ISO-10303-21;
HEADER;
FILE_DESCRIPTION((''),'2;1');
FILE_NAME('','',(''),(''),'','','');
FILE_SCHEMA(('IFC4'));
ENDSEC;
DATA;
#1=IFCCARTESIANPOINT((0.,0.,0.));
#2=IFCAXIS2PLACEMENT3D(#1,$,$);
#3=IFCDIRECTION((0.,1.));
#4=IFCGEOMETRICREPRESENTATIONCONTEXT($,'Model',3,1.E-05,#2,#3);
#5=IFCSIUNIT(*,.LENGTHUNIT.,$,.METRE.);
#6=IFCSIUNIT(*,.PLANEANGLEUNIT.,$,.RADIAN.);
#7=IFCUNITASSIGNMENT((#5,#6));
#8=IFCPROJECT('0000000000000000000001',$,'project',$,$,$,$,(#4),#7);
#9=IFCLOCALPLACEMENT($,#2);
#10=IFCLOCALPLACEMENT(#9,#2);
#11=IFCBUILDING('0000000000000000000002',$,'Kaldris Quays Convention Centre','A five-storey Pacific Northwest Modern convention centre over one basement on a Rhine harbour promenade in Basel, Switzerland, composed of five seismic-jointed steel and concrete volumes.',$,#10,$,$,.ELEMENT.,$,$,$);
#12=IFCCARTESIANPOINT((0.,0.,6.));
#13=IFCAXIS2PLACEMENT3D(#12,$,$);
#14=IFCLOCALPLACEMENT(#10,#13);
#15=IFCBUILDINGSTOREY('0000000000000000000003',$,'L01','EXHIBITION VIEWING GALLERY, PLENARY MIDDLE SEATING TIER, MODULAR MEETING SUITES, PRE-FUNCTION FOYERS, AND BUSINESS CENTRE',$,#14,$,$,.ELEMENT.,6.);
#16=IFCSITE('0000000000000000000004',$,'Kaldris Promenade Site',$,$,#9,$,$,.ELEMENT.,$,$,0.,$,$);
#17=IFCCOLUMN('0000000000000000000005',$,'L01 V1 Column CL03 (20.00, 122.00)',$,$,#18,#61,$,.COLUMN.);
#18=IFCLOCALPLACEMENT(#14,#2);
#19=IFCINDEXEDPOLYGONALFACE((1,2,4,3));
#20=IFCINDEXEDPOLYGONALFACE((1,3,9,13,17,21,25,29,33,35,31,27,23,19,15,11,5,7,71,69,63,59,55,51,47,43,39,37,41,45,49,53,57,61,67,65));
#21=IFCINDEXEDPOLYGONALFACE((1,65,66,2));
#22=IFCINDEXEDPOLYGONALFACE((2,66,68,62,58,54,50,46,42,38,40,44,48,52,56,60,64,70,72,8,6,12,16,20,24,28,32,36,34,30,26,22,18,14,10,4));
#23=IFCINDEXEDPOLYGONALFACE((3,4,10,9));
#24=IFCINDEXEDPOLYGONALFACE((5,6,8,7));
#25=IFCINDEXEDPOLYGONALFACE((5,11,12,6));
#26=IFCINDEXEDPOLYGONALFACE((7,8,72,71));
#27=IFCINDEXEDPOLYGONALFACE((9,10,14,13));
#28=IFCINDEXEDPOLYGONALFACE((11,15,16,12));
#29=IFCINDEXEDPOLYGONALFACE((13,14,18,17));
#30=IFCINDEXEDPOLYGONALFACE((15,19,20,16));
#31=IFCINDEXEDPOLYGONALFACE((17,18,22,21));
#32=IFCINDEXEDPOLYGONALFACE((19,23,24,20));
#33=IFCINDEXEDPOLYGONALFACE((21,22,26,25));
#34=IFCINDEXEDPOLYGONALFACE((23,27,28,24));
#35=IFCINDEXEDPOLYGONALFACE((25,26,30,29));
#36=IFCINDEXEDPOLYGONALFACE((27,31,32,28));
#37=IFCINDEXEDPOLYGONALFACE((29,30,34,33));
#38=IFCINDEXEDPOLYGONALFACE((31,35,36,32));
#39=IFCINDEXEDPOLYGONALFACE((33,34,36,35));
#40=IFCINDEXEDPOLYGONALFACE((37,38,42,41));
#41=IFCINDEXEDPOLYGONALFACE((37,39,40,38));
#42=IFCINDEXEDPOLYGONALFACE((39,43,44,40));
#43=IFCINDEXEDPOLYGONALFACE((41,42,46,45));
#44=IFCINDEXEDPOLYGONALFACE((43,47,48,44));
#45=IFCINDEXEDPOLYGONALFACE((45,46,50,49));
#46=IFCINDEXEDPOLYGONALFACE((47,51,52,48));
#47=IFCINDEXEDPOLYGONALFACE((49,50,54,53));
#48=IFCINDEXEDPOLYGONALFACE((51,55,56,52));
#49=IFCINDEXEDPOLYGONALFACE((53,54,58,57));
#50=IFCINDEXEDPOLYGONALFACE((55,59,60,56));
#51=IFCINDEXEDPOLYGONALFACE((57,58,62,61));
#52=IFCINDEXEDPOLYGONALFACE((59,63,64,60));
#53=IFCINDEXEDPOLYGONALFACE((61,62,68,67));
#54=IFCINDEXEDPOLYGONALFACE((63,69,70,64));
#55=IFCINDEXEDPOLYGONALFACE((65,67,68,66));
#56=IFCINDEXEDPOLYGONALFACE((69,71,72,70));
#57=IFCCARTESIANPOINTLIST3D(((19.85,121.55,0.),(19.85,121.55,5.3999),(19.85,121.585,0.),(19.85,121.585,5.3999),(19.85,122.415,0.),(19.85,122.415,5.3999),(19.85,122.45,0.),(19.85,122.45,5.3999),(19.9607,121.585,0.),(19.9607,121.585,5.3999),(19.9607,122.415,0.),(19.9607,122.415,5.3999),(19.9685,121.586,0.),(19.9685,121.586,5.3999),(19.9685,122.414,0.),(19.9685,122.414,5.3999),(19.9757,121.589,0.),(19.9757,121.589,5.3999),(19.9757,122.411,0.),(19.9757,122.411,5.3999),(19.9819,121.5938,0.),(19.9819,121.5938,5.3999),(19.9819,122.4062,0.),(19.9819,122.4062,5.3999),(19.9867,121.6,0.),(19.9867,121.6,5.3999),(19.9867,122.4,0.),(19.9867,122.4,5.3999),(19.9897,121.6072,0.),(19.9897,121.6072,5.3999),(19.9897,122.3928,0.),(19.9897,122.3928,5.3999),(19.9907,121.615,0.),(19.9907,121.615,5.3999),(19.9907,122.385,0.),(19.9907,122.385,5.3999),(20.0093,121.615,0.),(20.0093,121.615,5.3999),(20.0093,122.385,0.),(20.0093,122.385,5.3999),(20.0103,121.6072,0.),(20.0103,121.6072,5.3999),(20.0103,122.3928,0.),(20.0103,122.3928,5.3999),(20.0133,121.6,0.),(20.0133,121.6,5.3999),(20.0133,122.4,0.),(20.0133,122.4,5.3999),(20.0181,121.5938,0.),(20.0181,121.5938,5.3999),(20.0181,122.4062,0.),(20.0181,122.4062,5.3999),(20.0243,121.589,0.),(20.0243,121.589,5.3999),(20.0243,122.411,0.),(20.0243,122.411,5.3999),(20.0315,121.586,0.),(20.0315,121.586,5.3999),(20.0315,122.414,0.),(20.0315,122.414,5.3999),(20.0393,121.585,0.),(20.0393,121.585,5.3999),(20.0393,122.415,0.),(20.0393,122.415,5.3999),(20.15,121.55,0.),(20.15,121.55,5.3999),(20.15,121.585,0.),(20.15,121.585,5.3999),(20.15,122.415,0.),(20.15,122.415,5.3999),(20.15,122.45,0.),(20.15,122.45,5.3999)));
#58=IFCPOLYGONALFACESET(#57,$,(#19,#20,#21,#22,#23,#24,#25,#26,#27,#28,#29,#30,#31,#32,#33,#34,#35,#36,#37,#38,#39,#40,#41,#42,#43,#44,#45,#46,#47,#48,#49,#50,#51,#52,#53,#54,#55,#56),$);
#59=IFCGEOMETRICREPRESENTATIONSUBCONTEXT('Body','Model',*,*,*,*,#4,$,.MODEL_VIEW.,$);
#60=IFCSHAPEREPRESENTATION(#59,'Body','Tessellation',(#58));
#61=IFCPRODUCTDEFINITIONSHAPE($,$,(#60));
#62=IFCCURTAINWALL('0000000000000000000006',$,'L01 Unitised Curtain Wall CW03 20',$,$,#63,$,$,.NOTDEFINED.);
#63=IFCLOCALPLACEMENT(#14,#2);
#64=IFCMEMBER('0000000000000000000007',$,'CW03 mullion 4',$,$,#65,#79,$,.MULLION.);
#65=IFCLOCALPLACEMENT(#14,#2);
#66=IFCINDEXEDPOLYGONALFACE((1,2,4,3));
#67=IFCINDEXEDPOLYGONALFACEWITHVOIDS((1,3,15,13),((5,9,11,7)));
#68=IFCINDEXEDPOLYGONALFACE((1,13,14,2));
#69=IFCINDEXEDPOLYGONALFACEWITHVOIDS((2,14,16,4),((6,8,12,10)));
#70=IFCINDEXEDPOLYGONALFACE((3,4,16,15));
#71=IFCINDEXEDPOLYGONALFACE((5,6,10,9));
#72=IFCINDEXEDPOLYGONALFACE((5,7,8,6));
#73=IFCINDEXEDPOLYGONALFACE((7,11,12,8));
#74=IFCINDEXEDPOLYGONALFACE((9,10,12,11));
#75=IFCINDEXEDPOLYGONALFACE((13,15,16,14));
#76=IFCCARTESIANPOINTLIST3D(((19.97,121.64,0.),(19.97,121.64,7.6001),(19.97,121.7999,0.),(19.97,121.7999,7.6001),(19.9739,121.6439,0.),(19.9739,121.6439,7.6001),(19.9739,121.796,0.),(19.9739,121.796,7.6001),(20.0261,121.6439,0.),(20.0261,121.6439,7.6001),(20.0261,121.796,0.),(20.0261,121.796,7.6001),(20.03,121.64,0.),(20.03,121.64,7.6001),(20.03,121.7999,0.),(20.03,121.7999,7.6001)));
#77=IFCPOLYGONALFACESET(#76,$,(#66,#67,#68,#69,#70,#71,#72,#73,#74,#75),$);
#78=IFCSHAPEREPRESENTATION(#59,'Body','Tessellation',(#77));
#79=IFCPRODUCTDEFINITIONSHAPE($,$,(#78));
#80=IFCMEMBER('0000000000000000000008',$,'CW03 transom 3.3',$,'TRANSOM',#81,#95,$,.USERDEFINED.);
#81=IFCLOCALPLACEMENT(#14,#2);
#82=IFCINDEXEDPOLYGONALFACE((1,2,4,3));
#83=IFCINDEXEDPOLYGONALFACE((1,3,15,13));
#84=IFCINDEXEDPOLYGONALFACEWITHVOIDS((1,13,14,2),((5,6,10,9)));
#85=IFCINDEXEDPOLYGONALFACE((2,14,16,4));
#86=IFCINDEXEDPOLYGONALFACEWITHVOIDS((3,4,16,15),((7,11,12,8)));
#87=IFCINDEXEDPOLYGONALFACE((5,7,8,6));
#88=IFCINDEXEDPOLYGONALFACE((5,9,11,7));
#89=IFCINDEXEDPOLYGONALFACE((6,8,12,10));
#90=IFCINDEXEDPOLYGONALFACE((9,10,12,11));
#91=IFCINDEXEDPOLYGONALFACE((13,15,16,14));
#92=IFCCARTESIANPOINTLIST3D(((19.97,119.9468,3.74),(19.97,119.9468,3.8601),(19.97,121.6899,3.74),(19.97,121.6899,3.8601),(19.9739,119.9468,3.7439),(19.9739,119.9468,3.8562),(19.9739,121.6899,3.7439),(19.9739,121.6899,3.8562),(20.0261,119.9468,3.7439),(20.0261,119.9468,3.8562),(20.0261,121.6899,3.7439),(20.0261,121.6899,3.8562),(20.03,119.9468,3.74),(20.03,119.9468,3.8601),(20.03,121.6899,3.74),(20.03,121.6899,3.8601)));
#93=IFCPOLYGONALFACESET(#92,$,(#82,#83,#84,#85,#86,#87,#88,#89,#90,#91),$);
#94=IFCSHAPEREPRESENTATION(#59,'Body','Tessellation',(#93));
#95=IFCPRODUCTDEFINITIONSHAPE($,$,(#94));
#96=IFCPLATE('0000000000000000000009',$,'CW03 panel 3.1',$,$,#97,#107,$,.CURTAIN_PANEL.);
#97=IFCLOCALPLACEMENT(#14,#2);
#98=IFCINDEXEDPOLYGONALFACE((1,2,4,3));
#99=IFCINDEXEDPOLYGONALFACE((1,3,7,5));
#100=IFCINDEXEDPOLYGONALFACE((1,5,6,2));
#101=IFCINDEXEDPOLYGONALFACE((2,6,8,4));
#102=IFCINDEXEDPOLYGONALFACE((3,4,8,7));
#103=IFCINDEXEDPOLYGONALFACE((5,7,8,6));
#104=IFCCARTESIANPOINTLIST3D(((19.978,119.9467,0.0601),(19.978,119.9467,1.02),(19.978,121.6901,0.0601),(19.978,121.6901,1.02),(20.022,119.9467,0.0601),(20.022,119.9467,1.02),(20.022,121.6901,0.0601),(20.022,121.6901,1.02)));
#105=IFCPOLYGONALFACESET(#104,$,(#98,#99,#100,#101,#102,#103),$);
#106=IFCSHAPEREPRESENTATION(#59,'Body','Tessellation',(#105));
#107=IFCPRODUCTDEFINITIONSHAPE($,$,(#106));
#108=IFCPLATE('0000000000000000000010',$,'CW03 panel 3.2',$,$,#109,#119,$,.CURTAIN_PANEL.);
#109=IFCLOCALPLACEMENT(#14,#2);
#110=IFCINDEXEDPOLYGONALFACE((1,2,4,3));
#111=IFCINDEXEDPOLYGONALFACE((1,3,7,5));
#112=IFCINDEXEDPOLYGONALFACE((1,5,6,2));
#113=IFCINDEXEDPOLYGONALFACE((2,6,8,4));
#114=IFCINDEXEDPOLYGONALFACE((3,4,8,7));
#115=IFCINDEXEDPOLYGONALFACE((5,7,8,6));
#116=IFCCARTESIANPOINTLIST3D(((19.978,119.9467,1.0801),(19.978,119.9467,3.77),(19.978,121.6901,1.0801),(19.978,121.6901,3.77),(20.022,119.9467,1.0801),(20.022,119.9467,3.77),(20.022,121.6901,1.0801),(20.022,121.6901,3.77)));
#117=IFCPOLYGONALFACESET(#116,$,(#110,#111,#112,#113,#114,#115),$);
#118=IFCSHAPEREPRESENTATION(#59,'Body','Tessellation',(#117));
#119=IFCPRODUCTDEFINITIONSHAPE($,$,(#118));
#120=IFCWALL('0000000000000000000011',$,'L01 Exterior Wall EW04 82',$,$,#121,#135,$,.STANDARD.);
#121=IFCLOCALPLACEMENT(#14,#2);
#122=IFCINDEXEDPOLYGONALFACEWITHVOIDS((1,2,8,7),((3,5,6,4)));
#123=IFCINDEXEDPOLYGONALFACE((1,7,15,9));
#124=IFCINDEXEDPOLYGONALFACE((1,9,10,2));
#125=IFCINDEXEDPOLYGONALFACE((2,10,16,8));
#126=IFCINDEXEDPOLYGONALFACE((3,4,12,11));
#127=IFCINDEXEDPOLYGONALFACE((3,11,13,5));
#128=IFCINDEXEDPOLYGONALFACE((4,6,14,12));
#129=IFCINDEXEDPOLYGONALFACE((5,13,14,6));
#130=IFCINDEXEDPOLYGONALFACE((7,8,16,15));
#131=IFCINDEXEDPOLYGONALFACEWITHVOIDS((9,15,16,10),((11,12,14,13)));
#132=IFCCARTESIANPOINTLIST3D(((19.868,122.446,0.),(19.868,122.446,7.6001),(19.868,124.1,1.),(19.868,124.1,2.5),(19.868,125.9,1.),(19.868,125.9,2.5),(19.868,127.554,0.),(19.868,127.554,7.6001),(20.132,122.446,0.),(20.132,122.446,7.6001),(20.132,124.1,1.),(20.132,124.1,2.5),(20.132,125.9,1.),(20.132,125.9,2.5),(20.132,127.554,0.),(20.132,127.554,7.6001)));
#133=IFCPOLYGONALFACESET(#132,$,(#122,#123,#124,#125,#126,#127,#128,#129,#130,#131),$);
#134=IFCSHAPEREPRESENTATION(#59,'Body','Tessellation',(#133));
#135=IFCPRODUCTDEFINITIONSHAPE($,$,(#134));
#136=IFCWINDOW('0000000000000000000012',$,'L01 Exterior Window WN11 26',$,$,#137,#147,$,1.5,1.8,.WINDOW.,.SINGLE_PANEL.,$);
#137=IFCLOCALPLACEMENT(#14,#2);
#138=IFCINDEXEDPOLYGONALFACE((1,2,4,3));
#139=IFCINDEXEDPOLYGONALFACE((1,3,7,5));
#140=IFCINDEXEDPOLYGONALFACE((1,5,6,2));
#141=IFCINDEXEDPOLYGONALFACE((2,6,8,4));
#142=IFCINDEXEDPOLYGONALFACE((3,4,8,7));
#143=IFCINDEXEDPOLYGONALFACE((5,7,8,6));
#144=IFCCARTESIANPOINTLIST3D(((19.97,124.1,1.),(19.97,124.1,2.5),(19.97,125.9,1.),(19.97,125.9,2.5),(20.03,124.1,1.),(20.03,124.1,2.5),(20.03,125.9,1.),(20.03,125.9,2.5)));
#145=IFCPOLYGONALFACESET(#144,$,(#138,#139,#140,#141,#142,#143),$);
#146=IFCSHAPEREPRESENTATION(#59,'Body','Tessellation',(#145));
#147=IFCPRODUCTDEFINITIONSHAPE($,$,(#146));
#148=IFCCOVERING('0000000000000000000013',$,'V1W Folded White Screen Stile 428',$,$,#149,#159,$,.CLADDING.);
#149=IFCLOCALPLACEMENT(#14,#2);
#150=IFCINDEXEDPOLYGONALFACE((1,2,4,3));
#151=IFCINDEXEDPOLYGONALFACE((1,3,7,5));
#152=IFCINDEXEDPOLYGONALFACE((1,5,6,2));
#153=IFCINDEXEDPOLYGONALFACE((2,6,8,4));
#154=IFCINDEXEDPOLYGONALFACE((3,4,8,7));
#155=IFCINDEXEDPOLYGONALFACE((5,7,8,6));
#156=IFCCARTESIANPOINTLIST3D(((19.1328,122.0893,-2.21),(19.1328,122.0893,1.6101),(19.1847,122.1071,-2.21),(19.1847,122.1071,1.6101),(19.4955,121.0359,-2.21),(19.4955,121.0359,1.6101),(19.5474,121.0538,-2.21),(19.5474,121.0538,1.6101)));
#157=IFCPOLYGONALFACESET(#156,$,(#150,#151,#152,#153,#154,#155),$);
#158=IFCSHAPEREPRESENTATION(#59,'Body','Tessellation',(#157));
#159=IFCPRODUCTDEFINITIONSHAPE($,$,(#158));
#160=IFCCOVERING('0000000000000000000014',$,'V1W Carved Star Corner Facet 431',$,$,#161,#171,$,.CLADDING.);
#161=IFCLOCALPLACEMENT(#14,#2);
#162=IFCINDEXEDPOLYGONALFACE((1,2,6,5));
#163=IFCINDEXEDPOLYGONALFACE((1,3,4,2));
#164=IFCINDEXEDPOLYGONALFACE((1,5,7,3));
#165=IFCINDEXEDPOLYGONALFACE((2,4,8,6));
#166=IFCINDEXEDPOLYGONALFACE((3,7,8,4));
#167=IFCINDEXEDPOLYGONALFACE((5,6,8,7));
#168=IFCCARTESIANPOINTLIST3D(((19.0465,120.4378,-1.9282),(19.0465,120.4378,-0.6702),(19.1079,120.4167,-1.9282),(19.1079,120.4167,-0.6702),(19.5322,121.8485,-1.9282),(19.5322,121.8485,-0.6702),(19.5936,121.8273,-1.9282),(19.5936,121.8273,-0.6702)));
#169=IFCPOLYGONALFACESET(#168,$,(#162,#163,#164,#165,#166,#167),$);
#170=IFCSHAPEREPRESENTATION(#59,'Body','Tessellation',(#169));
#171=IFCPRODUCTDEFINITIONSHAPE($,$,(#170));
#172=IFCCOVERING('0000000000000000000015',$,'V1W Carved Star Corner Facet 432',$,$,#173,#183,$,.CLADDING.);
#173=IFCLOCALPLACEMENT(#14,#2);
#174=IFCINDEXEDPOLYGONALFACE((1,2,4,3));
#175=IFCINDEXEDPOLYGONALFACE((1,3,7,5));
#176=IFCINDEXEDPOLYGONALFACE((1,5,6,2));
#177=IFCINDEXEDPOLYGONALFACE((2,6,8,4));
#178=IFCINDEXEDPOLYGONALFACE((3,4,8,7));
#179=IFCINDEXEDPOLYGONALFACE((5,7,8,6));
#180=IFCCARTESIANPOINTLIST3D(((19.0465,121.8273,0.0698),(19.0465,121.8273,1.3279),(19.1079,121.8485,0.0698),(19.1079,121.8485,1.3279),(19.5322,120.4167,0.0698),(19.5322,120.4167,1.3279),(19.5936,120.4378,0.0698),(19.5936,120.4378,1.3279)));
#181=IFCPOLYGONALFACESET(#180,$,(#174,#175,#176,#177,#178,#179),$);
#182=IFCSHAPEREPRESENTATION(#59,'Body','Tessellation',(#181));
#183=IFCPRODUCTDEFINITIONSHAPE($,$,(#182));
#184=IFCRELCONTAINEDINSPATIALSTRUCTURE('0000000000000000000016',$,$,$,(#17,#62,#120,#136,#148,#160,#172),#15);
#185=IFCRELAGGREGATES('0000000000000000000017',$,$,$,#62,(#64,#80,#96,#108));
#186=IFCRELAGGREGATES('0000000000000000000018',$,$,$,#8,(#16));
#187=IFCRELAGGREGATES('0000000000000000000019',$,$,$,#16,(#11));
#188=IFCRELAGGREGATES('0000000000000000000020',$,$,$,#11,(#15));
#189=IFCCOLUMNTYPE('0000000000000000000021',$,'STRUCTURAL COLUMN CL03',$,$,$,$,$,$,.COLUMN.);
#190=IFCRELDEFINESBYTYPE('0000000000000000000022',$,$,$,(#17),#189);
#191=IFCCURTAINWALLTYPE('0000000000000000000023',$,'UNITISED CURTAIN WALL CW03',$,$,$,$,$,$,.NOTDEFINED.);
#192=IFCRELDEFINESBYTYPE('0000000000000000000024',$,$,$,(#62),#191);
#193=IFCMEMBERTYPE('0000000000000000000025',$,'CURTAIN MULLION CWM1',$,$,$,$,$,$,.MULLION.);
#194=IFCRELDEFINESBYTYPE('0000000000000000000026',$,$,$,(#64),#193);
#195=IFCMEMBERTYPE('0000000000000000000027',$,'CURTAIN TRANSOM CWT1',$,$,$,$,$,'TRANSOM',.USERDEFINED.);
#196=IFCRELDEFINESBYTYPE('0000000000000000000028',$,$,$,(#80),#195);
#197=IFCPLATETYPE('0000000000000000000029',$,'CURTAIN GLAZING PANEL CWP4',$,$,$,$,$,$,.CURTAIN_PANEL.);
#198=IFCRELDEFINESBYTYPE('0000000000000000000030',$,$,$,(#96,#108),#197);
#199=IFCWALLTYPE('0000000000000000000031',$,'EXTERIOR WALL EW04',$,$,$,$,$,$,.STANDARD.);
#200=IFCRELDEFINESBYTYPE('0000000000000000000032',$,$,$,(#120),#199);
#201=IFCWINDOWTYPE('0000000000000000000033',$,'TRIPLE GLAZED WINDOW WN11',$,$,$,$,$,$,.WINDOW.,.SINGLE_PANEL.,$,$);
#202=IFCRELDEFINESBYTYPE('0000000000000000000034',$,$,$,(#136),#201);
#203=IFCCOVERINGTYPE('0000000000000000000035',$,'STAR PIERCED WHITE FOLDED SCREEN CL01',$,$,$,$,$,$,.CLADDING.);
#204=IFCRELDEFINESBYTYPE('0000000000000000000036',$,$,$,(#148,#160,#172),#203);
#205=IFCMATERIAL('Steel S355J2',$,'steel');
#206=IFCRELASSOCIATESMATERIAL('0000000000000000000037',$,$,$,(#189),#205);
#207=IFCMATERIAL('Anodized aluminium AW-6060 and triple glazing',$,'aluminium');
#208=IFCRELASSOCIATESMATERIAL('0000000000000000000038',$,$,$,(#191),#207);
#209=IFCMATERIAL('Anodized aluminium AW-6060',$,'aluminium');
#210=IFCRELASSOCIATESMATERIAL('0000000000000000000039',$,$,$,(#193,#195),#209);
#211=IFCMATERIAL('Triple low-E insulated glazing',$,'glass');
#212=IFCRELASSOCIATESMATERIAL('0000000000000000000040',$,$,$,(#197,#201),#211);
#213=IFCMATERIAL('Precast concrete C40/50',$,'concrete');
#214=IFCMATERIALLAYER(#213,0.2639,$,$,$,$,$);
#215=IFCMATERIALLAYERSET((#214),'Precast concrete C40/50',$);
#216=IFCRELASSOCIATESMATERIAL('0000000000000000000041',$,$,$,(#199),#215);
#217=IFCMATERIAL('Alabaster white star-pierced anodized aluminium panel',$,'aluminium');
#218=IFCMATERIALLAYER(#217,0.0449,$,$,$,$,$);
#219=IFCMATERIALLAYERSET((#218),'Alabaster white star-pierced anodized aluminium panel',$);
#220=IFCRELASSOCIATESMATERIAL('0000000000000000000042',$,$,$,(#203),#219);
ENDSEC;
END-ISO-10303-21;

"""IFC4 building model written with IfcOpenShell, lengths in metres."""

from ifc_helpers import new_model, si_unit, direction, frame, frame_2d, origin, origin_2d, place, context, subcontext, project, spatial, rectangle, hollow_rectangle, i_section, extrude, material, layer, layer_set, material_profile, profile_set, type_object, element, fill, aggregate, save


model = new_model("IFC4")

# Units and contexts
model_context = context("Model", 3, precision=1e-05, world=origin(), true_north=direction((0.0, 1.0)))
body_context = subcontext(model_context, "Body", "Model", "MODEL_VIEW")
ifc_project = project(units=[si_unit("LENGTHUNIT", "METRE"), si_unit("PLANEANGLEUNIT", "RADIAN")], contexts=[model_context])

# Site, building, storey
site_placement = place(None, origin())
site = spatial("IfcSite", under=ifc_project, at=site_placement, Name="Kaldris Promenade Site", CompositionType="ELEMENT", RefElevation=0.0)
building_placement = place(site_placement, origin())
building = spatial("IfcBuilding", under=site, at=building_placement, Name="Kaldris Quays Convention Centre", Description="A five-storey Pacific Northwest Modern convention centre over one basement on a Rhine harbour promenade in Basel, Switzerland, composed of five seismic-jointed steel and concrete volumes.", CompositionType="ELEMENT")
storey_placement = place(building_placement, frame((0.0, 0.0, 6.0)))
storey = spatial("IfcBuildingStorey", under=building, at=storey_placement, Name="L01", Description="EXHIBITION VIEWING GALLERY, PLENARY MIDDLE SEATING TIER, MODULAR MEETING SUITES, PRE-FUNCTION FOYERS, AND BUSINESS CENTRE", CompositionType="ELEMENT", Elevation=6.0)

# Column
ifc_material_1 = material(Name="Steel S355J2", Category="steel")
ifc_material_profile_1 = material_profile(ifc_material_1, i_section(OverallWidth=0.3, OverallDepth=0.8999, WebThickness=0.0186, FlangeThickness=0.0349, FilletRadius=0.03, at=origin_2d()), Name="HEB 900")
ifc_profile_set_1 = profile_set([ifc_material_profile_1], Name="Steel S355J2")
column_type = type_object("IfcColumnType", Name="STRUCTURAL COLUMN CL03", PredefinedType="COLUMN", material=ifc_profile_set_1)
column_placement = place(storey_placement, frame((20.0, 122.0, 0.0), z_axis=(0.0, 0.0, 1.0), x_axis=(1.0, 0.0, 0.0)))
element("IfcColumn", 1, at=column_placement, inside=storey, type_object=column_type, Name="L01 V1 Column CL03 (20.00, 122.00)", PredefinedType="COLUMN", context=body_context, shape_type="SweptSolid", body=[
    extrude(i_section(OverallWidth=0.3, OverallDepth=0.8999, WebThickness=0.0186, FlangeThickness=0.0349, FilletRadius=0.03, at=origin_2d()), origin(), (0.0, 0.0, 1.0), 5.3999),
])

# Curtain wall, members, plates
ifc_material_2 = material(Name="Anodized aluminium AW-6060 and triple glazing", Category="aluminium")
curtain_wall_type = type_object("IfcCurtainWallType", Name="UNITISED CURTAIN WALL CW03", PredefinedType="NOTDEFINED", material=ifc_material_2)
curtain_wall_placement = place(storey_placement, origin())
curtain_wall = element("IfcCurtainWall", 2, at=curtain_wall_placement, inside=storey, type_object=curtain_wall_type, Name="L01 Unitised Curtain Wall CW03 20", PredefinedType="NOTDEFINED")
ifc_material_3 = material(Name="Anodized aluminium AW-6060", Category="aluminium")
ifc_material_profile_2 = material_profile(ifc_material_3, hollow_rectangle(XDim=0.0601, YDim=0.1599, WallThickness=0.0039, at=origin_2d()), Name="RHS 160x60x4")
ifc_profile_set_2 = profile_set([ifc_material_profile_2], Name="Anodized aluminium AW-6060")
member_type_1 = type_object("IfcMemberType", Name="CURTAIN MULLION CWM1", PredefinedType="MULLION", material=ifc_profile_set_2)
member_1_placement = place(storey_placement, frame((20.0, 121.72, 0.0), z_axis=(0.0, 0.0, 1.0), x_axis=(-1.0, 0.0, 0.0)))
member_1 = element("IfcMember", 3, at=member_1_placement, type_object=member_type_1, Name="CW03 mullion 4", PredefinedType="MULLION", context=body_context, shape_type="SweptSolid", body=[
    extrude(hollow_rectangle(XDim=0.0601, YDim=0.1599, WallThickness=0.0039, at=origin_2d()), origin(), (0.0, 0.0, 1.0), 7.6001),
])
ifc_material_profile_3 = material_profile(ifc_material_3, hollow_rectangle(XDim=0.0601, YDim=0.1201, WallThickness=0.0039, at=origin_2d()), Name="RHS 120x60x4")
ifc_profile_set_3 = profile_set([ifc_material_profile_3], Name="Anodized aluminium AW-6060")
member_type_2 = type_object("IfcMemberType", Name="CURTAIN TRANSOM CWT1", ElementType="TRANSOM", PredefinedType="USERDEFINED", material=ifc_profile_set_3)
member_2_placement = place(storey_placement, frame((20.0, 119.9468, 3.8), z_axis=(0.0, 1.0, 0.0), x_axis=(-1.0, 0.0, 0.0)))
member_2 = element("IfcMember", 4, at=member_2_placement, type_object=member_type_2, Name="CW03 transom 3.3", ObjectType="TRANSOM", PredefinedType="USERDEFINED", context=body_context, shape_type="SweptSolid", body=[
    extrude(hollow_rectangle(XDim=0.0601, YDim=0.1201, WallThickness=0.0039, at=origin_2d()), origin(), (0.0, 0.0, 1.0), 1.7432),
])
ifc_material_4 = material(Name="Triple low-E insulated glazing", Category="glass")
plate_type = type_object("IfcPlateType", Name="CURTAIN GLAZING PANEL CWP4", PredefinedType="CURTAIN_PANEL", material=ifc_material_4)
plate_1_placement = place(storey_placement, frame((20.0, 120.8184, 0.0601), z_axis=(0.0, 0.0, 1.0), x_axis=(0.0, 1.0, 0.0)))
plate_1 = element("IfcPlate", 5, at=plate_1_placement, type_object=plate_type, Name="CW03 panel 3.1", PredefinedType="CURTAIN_PANEL", context=body_context, shape_type="SweptSolid", body=[
    extrude(rectangle(XDim=1.7434, YDim=0.0439, at=origin_2d()), origin(), (0.0, 0.0, 1.0), 0.96),
])
plate_2_placement = place(storey_placement, frame((20.0, 120.8184, 1.0801), z_axis=(0.0, 0.0, 1.0), x_axis=(0.0, 1.0, 0.0)))
plate_2 = element("IfcPlate", 6, at=plate_2_placement, type_object=plate_type, Name="CW03 panel 3.2", PredefinedType="CURTAIN_PANEL", context=body_context, shape_type="SweptSolid", body=[
    extrude(rectangle(XDim=1.7434, YDim=0.0439, at=origin_2d()), origin(), (0.0, 0.0, 1.0), 2.6899),
])
aggregate(curtain_wall, [member_1, member_2, plate_1, plate_2])

# Wall, opening, window
ifc_material_5 = material(Name="Precast concrete C40/50", Category="concrete")
ifc_layer_1 = layer(ifc_material_5, 0.2639)
ifc_layer_set_1 = layer_set([ifc_layer_1], Name="Precast concrete C40/50")
wall_type = type_object("IfcWallType", Name="EXTERIOR WALL EW04", PredefinedType="STANDARD", material=ifc_layer_set_1)
wall_placement = place(storey_placement, frame((20.0, 122.446, 0.0), z_axis=(0.0, 0.0, 1.0), x_axis=(0.0, 1.0, 0.0)))
wall = element("IfcWall", 7, at=wall_placement, inside=storey, type_object=wall_type, Name="L01 Exterior Wall EW04 82", PredefinedType="STANDARD", context=body_context, shape_type="SweptSolid", body=[
    extrude(rectangle(XDim=5.1079, YDim=0.2639, at=frame_2d((2.554, 0.0))), origin(), (0.0, 0.0, 1.0), 7.6001),
])
opening_placement = place(wall_placement, frame((1.6541, 0.0, 1.0)))
opening = element("IfcOpeningElement", 8, at=opening_placement, cuts=wall, PredefinedType="OPENING", context=body_context, shape_type="SweptSolid", body=[
    extrude(rectangle(XDim=1.8, YDim=1.5, at=frame_2d((0.8999, 0.75))), frame((0.0, 0.1421, 0.0), z_axis=(0.0, -1.0, 0.0), x_axis=(1.0, 0.0, 0.0)), (0.0, 0.0, 1.0), 0.2839),
])
window_type = type_object("IfcWindowType", Name="TRIPLE GLAZED WINDOW WN11", PartitioningType="SINGLE_PANEL", PredefinedType="WINDOW", material=ifc_material_4)
window_placement = place(opening_placement, origin())
window = element("IfcWindow", 9, at=window_placement, inside=storey, type_object=window_type, Name="L01 Exterior Window WN11 26", OverallHeight=1.5, OverallWidth=1.8, PartitioningType="SINGLE_PANEL", PredefinedType="WINDOW", context=body_context, shape_type="SweptSolid", body=[
    extrude(rectangle(XDim=1.8, YDim=1.5, at=frame_2d((0.8999, 0.75))), frame((0.0, 0.03, 0.0), z_axis=(0.0, -1.0, 0.0), x_axis=(1.0, 0.0, 0.0)), (0.0, 0.0, 1.0), 0.0601),
])
fill(opening, window)

# Coverings
ifc_material_6 = material(Name="Alabaster white star-pierced anodized aluminium panel", Category="aluminium")
ifc_layer_2 = layer(ifc_material_6, 0.0449)
ifc_layer_set_2 = layer_set([ifc_layer_2], Name="Alabaster white star-pierced anodized aluminium panel")
covering_type = type_object("IfcCoveringType", Name="STAR PIERCED WHITE FOLDED SCREEN CL01", PredefinedType="CLADDING", material=ifc_layer_set_2)
covering_1_placement = place(storey_placement, frame((19.3401, 121.5715, -2.21), z_axis=(0.0, 0.0, 1.0), x_axis=(-0.325568, 0.945519, 0.0)))
element("IfcCovering", 10, at=covering_1_placement, inside=storey, type_object=covering_type, Name="V1W Folded White Screen Stile 428", PredefinedType="CLADDING", context=body_context, shape_type="SweptSolid", body=[
    extrude(rectangle(XDim=1.114, YDim=0.0549, at=origin_2d()), origin(), (0.0, 0.0, 1.0), 3.8201),
])
for number, where, z_axis, x_axis, name in (
    (11, (19.3201, 121.1326, -1.9282), (0.0, 0.0, 1.0), (0.325568, 0.945519, 0.0), "V1W Carved Star Corner Facet 431"),
    (12, (19.3201, 121.1326, 0.0698), (0.0, 0.0, 1.0), (-0.325568, 0.945519, 0.0), "V1W Carved Star Corner Facet 432"),
):
    element("IfcCovering", number, at=place(storey_placement, frame(where, z_axis=z_axis, x_axis=x_axis)), inside=storey, type_object=covering_type, Name=name, PredefinedType="CLADDING", context=body_context, shape_type="SweptSolid", body=[
        extrude(rectangle(XDim=1.4919, YDim=0.0649, at=origin_2d()), origin(), (0.0, 0.0, 1.0), 1.2581),
    ])

save(model, "model.ifc")
